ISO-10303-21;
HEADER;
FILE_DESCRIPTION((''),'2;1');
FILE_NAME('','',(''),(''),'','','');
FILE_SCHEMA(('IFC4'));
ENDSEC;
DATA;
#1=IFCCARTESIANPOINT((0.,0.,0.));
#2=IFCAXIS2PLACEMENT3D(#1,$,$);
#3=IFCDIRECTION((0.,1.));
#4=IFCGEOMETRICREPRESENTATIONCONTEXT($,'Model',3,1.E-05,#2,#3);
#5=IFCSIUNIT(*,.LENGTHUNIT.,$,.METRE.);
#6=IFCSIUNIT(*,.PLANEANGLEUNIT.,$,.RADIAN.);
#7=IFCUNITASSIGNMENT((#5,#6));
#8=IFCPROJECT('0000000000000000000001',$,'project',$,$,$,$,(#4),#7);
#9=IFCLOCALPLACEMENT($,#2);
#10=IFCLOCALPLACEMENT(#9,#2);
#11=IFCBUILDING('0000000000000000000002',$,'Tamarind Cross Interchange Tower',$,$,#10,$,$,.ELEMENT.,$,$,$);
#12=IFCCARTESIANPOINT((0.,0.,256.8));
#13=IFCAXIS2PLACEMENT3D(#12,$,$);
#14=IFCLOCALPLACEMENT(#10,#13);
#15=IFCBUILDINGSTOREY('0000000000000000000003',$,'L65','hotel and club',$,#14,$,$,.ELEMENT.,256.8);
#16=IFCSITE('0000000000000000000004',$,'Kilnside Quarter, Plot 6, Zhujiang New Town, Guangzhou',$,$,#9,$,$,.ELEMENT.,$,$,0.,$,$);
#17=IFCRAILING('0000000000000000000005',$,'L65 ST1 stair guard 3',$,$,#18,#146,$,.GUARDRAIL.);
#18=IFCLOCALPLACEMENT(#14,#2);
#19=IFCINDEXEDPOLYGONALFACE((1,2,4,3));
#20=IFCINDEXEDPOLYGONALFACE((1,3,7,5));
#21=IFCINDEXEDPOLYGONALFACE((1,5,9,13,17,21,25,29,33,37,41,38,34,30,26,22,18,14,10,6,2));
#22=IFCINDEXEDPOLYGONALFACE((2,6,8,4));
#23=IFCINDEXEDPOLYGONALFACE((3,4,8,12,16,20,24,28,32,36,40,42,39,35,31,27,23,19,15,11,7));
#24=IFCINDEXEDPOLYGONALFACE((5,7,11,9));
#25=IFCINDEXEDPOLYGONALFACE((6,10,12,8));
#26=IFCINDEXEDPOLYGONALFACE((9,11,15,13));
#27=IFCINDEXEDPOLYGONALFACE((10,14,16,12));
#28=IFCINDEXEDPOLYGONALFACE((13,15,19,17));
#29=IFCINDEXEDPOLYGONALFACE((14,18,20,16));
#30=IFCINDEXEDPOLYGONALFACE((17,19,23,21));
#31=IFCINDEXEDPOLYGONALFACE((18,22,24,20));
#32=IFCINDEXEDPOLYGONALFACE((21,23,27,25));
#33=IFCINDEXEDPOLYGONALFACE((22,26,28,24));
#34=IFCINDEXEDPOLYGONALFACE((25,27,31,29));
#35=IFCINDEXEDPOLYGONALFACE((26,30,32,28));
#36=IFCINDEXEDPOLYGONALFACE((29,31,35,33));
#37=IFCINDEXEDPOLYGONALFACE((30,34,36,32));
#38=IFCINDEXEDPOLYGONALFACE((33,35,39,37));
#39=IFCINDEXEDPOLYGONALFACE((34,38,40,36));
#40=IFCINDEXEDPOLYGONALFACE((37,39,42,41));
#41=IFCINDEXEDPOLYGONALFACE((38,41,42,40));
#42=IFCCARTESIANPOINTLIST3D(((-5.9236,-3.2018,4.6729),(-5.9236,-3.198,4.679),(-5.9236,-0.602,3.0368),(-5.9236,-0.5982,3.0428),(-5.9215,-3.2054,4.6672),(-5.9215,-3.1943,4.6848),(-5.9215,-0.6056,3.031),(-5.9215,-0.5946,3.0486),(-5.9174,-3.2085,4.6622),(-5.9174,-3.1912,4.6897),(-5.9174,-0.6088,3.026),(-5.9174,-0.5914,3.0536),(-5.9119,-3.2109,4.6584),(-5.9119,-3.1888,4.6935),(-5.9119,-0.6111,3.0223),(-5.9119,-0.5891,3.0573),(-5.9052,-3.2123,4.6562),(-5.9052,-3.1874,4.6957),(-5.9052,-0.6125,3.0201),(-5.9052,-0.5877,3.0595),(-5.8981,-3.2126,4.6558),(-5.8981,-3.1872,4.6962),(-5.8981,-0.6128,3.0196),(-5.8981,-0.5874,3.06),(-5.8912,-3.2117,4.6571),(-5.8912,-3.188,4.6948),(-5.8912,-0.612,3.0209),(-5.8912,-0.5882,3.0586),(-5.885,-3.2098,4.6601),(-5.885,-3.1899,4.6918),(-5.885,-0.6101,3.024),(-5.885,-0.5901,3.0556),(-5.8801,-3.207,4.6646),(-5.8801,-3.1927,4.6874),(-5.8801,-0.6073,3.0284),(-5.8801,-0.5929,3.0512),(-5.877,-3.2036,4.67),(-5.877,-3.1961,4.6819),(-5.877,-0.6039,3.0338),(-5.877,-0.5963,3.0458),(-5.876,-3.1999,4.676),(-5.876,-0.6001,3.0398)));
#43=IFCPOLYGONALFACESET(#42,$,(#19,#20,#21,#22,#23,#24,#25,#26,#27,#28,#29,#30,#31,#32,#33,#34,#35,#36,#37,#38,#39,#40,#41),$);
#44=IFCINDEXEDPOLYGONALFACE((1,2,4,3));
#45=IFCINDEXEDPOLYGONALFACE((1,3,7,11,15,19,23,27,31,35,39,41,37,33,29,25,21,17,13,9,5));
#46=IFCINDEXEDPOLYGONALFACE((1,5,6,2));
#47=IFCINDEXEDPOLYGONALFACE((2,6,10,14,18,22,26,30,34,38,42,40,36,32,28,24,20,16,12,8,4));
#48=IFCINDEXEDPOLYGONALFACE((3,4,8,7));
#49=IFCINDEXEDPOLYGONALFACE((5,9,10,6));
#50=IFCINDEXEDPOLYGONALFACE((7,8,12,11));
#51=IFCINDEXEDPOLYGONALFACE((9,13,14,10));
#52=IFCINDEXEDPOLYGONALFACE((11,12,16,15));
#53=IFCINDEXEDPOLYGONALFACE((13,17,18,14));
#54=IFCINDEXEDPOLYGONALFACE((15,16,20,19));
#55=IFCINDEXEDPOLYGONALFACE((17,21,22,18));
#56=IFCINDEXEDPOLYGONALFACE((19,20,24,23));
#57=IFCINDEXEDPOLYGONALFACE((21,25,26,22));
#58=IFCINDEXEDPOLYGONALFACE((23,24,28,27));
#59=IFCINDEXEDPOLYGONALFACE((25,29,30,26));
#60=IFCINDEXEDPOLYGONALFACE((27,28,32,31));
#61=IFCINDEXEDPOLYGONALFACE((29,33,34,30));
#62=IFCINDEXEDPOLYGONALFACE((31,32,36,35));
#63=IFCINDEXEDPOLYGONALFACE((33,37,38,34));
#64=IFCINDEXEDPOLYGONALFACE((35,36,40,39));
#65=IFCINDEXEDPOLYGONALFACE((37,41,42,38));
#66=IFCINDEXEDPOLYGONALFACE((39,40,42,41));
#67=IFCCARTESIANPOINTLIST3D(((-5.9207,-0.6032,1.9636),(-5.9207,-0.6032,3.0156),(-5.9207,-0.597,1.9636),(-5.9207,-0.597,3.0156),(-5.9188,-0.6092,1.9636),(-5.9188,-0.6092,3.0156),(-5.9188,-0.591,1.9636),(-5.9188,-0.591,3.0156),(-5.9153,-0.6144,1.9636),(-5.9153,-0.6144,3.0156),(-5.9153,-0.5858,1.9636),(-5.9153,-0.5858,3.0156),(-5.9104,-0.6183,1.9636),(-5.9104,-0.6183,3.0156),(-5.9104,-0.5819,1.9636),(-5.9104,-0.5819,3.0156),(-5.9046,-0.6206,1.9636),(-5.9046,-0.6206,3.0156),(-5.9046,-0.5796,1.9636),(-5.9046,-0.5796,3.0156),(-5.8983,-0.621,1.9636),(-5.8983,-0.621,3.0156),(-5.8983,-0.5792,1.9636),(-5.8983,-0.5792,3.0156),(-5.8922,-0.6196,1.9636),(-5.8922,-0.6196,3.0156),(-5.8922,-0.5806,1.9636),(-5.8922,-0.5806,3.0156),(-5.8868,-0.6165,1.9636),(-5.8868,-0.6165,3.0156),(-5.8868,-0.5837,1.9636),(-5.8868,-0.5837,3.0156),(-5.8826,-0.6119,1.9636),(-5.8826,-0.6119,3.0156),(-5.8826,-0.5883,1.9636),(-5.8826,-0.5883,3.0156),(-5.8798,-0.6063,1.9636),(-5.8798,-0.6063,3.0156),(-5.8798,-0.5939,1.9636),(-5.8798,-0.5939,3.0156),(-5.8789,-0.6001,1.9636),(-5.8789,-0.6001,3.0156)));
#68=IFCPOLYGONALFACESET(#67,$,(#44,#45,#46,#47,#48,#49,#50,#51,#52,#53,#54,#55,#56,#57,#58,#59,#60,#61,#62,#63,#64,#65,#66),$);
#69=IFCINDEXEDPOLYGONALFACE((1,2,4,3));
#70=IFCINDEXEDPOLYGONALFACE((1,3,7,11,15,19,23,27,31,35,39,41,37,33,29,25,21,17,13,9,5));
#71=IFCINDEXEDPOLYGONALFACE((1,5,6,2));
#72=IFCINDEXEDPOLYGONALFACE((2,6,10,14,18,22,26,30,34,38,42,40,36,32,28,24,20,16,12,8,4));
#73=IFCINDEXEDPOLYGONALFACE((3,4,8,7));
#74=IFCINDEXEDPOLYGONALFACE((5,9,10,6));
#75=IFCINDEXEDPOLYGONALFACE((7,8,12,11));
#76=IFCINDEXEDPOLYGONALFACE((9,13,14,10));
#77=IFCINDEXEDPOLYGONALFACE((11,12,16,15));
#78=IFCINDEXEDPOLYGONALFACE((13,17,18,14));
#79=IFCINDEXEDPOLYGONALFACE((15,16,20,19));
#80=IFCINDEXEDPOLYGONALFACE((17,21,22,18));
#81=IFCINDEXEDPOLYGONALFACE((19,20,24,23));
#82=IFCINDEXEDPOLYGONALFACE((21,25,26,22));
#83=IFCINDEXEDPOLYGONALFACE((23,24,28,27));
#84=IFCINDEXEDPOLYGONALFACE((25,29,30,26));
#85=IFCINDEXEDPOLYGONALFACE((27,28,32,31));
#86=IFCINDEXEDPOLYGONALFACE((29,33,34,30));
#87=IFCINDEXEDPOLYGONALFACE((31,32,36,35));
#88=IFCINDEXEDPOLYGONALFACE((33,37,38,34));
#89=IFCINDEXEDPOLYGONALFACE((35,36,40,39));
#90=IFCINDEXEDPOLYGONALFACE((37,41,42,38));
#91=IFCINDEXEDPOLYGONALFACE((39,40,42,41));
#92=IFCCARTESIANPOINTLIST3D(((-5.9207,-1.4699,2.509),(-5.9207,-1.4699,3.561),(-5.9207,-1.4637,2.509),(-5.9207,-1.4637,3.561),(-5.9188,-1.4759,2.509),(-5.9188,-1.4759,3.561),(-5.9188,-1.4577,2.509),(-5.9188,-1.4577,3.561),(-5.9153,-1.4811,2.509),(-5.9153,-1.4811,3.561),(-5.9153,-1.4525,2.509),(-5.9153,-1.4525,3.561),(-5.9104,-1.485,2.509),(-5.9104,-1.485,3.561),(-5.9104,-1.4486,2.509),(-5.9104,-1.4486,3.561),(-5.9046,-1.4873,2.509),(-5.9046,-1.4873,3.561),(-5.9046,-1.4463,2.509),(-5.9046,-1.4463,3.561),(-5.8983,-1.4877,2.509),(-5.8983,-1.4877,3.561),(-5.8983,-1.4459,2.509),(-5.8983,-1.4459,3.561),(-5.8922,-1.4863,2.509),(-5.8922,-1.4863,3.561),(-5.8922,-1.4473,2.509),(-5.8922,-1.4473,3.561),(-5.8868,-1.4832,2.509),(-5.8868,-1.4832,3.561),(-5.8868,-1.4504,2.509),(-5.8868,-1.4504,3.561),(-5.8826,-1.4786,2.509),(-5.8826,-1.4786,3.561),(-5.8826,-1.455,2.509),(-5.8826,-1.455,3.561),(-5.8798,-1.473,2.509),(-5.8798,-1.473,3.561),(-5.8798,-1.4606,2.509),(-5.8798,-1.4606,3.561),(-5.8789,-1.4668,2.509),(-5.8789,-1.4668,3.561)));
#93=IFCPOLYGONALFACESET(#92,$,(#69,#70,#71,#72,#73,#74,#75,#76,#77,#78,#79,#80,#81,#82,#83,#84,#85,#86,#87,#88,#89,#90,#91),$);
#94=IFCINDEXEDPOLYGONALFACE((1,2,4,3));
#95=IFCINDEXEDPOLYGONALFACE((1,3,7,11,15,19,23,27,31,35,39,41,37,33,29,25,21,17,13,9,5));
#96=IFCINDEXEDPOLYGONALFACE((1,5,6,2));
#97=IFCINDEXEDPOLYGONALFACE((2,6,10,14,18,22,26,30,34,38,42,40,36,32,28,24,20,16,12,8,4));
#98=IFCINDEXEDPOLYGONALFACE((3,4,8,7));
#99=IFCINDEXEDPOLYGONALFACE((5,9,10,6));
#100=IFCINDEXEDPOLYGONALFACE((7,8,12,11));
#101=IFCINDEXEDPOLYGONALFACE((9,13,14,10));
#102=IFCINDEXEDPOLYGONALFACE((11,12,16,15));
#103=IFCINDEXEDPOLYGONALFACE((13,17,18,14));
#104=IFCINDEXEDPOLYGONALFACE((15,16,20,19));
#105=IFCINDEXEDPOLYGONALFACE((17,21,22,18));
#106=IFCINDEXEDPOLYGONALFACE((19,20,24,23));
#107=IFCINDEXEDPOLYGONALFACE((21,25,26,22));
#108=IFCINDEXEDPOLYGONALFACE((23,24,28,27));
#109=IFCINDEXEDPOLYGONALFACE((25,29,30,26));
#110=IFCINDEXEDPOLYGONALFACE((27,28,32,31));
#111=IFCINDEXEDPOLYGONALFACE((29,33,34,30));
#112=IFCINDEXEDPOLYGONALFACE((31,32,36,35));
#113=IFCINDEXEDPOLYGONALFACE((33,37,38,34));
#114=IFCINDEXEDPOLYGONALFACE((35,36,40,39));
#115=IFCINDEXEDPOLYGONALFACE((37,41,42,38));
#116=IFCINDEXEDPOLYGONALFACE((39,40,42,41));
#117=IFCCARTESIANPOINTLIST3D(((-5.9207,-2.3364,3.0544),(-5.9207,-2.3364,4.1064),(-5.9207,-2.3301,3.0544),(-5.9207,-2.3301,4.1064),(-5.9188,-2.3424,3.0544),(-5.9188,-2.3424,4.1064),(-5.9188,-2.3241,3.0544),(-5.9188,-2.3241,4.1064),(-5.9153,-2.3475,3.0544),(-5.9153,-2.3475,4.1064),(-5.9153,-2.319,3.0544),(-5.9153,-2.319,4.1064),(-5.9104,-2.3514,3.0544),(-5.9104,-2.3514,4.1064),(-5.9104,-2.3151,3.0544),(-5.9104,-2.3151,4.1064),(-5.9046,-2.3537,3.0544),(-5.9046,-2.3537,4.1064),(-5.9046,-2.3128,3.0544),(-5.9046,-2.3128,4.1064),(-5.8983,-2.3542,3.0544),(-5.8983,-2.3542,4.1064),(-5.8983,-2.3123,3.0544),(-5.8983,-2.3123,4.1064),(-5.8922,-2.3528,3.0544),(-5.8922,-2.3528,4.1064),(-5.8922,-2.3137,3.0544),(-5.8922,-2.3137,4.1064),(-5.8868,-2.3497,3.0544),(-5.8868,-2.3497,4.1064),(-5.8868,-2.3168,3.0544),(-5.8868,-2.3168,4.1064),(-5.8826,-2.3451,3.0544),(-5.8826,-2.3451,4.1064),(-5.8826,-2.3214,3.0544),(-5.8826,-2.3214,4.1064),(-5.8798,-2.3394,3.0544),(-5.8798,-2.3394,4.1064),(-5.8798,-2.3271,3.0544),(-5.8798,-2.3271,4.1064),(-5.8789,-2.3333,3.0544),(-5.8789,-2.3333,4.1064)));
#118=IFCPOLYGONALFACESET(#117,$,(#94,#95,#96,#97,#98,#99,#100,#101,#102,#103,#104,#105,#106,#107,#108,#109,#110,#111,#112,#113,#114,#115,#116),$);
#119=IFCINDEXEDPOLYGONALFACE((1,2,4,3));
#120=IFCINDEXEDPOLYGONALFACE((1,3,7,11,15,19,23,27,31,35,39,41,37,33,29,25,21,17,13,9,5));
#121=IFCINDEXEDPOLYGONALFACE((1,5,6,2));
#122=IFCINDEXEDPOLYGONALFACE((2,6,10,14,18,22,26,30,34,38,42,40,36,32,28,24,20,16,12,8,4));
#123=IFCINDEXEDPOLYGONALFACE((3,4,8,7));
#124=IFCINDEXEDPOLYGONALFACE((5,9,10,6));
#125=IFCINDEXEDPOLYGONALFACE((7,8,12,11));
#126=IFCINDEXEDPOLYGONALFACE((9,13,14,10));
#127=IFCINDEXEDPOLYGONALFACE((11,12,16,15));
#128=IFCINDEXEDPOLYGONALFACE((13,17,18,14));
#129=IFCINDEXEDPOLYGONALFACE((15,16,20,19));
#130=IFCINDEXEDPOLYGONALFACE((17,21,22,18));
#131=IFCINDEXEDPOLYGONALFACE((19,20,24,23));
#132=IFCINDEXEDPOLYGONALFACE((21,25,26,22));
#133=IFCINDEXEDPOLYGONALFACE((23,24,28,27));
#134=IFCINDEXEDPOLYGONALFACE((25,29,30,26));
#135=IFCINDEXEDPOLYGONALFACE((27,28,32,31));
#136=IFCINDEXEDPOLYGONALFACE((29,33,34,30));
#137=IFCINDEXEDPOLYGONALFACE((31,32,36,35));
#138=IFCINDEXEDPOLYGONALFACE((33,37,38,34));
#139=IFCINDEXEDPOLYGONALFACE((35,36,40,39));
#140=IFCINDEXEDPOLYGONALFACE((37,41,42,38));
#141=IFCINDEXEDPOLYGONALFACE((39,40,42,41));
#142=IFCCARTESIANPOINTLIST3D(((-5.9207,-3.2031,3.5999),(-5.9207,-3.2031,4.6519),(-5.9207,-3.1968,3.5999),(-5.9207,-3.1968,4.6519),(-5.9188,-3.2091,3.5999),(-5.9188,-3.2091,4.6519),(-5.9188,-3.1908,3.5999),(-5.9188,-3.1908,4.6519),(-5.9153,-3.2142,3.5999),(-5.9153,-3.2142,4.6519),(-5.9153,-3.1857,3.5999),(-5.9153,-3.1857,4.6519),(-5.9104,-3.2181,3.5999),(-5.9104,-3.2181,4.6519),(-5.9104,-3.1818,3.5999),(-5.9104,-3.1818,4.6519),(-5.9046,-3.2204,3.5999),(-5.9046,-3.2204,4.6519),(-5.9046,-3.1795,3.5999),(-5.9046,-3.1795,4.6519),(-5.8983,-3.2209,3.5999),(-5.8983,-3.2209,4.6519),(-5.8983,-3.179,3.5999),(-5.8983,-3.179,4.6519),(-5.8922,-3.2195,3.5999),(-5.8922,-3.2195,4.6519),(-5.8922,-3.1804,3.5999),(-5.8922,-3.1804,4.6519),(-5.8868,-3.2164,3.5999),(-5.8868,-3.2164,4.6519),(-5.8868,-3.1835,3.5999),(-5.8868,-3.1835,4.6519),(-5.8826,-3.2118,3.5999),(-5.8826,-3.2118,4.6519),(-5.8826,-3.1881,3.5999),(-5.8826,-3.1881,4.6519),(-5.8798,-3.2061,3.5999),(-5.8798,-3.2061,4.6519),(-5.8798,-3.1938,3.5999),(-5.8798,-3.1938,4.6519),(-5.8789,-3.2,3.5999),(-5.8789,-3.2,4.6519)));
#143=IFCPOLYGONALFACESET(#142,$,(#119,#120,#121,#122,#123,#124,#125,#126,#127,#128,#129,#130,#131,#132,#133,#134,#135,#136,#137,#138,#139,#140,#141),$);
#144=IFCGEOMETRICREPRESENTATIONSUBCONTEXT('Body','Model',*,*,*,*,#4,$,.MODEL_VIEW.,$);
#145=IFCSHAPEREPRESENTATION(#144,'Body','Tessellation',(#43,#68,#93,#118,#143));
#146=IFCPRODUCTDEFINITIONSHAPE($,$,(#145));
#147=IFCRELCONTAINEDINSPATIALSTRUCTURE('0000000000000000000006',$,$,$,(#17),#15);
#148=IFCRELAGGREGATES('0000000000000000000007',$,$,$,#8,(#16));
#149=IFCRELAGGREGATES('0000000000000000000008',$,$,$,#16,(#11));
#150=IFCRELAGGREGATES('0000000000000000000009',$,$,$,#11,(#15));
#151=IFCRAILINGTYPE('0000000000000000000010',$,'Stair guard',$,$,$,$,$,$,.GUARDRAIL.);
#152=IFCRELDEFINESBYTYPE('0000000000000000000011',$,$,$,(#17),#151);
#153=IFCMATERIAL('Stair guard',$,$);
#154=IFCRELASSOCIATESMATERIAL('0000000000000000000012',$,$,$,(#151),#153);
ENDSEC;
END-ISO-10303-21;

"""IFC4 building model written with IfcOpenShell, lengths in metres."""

from ifc_helpers import new_model, si_unit, direction, frame, origin, origin_2d, place, context, subcontext, project, spatial, circle, extrude, material, type_object, element, save


model = new_model("IFC4")

# Units and contexts
model_context = context("Model", 3, precision=1e-05, world=origin(), true_north=direction((0.0, 1.0)))
body_context = subcontext(model_context, "Body", "Model", "MODEL_VIEW")
ifc_project = project(units=[si_unit("LENGTHUNIT", "METRE"), si_unit("PLANEANGLEUNIT", "RADIAN")], contexts=[model_context])

# Site, building, storey
site_placement = place(None, origin())
site = spatial("IfcSite", under=ifc_project, at=site_placement, Name="Kilnside Quarter, Plot 6, Zhujiang New Town, Guangzhou", CompositionType="ELEMENT", RefElevation=0.0)
building_placement = place(site_placement, origin())
building = spatial("IfcBuilding", under=site, at=building_placement, Name="Tamarind Cross Interchange Tower", CompositionType="ELEMENT")
storey_placement = place(building_placement, frame((0.0, 0.0, 256.8)))
storey = spatial("IfcBuildingStorey", under=building, at=storey_placement, Name="L65", Description="hotel and club", CompositionType="ELEMENT", Elevation=256.8)

# Railing
ifc_material_1 = material(Name="Stair guard")
railing_type_1 = type_object("IfcRailingType", Name="Stair guard", PredefinedType="GUARDRAIL", material=ifc_material_1)
railing_1_placement = place(storey_placement, frame((-5.8999, -0.6001, 1.9636)))
element("IfcRailing", 1, at=railing_1_placement, inside=storey, type_object=railing_type_1, Name="L65 ST1 stair guard 3", PredefinedType="GUARDRAIL", context=body_context, shape_type="SweptSolid", body=[
    extrude(circle(Radius=0.0239, at=origin_2d()), frame((0.0, 0.0, 1.0762), z_axis=(0.0, -0.846338, 0.532647), x_axis=(1.0, 0.0, 0.0)), (0.0, 0.0, 1.0), 3.0718),
    extrude(circle(Radius=0.021, at=origin_2d()), origin(), (0.0, 0.0, 1.0), 1.052),
    extrude(circle(Radius=0.021, at=origin_2d()), frame((0.0, -0.8667, 0.5454)), (0.0, 0.0, 1.0), 1.052),
    extrude(circle(Radius=0.021, at=origin_2d()), frame((0.0, -1.7332, 1.0908)), (0.0, 0.0, 1.0), 1.052),
    extrude(circle(Radius=0.021, at=origin_2d()), frame((0.0, -2.5999, 1.6362)), (0.0, 0.0, 1.0), 1.052),
])

save(model, "model.ifc")
